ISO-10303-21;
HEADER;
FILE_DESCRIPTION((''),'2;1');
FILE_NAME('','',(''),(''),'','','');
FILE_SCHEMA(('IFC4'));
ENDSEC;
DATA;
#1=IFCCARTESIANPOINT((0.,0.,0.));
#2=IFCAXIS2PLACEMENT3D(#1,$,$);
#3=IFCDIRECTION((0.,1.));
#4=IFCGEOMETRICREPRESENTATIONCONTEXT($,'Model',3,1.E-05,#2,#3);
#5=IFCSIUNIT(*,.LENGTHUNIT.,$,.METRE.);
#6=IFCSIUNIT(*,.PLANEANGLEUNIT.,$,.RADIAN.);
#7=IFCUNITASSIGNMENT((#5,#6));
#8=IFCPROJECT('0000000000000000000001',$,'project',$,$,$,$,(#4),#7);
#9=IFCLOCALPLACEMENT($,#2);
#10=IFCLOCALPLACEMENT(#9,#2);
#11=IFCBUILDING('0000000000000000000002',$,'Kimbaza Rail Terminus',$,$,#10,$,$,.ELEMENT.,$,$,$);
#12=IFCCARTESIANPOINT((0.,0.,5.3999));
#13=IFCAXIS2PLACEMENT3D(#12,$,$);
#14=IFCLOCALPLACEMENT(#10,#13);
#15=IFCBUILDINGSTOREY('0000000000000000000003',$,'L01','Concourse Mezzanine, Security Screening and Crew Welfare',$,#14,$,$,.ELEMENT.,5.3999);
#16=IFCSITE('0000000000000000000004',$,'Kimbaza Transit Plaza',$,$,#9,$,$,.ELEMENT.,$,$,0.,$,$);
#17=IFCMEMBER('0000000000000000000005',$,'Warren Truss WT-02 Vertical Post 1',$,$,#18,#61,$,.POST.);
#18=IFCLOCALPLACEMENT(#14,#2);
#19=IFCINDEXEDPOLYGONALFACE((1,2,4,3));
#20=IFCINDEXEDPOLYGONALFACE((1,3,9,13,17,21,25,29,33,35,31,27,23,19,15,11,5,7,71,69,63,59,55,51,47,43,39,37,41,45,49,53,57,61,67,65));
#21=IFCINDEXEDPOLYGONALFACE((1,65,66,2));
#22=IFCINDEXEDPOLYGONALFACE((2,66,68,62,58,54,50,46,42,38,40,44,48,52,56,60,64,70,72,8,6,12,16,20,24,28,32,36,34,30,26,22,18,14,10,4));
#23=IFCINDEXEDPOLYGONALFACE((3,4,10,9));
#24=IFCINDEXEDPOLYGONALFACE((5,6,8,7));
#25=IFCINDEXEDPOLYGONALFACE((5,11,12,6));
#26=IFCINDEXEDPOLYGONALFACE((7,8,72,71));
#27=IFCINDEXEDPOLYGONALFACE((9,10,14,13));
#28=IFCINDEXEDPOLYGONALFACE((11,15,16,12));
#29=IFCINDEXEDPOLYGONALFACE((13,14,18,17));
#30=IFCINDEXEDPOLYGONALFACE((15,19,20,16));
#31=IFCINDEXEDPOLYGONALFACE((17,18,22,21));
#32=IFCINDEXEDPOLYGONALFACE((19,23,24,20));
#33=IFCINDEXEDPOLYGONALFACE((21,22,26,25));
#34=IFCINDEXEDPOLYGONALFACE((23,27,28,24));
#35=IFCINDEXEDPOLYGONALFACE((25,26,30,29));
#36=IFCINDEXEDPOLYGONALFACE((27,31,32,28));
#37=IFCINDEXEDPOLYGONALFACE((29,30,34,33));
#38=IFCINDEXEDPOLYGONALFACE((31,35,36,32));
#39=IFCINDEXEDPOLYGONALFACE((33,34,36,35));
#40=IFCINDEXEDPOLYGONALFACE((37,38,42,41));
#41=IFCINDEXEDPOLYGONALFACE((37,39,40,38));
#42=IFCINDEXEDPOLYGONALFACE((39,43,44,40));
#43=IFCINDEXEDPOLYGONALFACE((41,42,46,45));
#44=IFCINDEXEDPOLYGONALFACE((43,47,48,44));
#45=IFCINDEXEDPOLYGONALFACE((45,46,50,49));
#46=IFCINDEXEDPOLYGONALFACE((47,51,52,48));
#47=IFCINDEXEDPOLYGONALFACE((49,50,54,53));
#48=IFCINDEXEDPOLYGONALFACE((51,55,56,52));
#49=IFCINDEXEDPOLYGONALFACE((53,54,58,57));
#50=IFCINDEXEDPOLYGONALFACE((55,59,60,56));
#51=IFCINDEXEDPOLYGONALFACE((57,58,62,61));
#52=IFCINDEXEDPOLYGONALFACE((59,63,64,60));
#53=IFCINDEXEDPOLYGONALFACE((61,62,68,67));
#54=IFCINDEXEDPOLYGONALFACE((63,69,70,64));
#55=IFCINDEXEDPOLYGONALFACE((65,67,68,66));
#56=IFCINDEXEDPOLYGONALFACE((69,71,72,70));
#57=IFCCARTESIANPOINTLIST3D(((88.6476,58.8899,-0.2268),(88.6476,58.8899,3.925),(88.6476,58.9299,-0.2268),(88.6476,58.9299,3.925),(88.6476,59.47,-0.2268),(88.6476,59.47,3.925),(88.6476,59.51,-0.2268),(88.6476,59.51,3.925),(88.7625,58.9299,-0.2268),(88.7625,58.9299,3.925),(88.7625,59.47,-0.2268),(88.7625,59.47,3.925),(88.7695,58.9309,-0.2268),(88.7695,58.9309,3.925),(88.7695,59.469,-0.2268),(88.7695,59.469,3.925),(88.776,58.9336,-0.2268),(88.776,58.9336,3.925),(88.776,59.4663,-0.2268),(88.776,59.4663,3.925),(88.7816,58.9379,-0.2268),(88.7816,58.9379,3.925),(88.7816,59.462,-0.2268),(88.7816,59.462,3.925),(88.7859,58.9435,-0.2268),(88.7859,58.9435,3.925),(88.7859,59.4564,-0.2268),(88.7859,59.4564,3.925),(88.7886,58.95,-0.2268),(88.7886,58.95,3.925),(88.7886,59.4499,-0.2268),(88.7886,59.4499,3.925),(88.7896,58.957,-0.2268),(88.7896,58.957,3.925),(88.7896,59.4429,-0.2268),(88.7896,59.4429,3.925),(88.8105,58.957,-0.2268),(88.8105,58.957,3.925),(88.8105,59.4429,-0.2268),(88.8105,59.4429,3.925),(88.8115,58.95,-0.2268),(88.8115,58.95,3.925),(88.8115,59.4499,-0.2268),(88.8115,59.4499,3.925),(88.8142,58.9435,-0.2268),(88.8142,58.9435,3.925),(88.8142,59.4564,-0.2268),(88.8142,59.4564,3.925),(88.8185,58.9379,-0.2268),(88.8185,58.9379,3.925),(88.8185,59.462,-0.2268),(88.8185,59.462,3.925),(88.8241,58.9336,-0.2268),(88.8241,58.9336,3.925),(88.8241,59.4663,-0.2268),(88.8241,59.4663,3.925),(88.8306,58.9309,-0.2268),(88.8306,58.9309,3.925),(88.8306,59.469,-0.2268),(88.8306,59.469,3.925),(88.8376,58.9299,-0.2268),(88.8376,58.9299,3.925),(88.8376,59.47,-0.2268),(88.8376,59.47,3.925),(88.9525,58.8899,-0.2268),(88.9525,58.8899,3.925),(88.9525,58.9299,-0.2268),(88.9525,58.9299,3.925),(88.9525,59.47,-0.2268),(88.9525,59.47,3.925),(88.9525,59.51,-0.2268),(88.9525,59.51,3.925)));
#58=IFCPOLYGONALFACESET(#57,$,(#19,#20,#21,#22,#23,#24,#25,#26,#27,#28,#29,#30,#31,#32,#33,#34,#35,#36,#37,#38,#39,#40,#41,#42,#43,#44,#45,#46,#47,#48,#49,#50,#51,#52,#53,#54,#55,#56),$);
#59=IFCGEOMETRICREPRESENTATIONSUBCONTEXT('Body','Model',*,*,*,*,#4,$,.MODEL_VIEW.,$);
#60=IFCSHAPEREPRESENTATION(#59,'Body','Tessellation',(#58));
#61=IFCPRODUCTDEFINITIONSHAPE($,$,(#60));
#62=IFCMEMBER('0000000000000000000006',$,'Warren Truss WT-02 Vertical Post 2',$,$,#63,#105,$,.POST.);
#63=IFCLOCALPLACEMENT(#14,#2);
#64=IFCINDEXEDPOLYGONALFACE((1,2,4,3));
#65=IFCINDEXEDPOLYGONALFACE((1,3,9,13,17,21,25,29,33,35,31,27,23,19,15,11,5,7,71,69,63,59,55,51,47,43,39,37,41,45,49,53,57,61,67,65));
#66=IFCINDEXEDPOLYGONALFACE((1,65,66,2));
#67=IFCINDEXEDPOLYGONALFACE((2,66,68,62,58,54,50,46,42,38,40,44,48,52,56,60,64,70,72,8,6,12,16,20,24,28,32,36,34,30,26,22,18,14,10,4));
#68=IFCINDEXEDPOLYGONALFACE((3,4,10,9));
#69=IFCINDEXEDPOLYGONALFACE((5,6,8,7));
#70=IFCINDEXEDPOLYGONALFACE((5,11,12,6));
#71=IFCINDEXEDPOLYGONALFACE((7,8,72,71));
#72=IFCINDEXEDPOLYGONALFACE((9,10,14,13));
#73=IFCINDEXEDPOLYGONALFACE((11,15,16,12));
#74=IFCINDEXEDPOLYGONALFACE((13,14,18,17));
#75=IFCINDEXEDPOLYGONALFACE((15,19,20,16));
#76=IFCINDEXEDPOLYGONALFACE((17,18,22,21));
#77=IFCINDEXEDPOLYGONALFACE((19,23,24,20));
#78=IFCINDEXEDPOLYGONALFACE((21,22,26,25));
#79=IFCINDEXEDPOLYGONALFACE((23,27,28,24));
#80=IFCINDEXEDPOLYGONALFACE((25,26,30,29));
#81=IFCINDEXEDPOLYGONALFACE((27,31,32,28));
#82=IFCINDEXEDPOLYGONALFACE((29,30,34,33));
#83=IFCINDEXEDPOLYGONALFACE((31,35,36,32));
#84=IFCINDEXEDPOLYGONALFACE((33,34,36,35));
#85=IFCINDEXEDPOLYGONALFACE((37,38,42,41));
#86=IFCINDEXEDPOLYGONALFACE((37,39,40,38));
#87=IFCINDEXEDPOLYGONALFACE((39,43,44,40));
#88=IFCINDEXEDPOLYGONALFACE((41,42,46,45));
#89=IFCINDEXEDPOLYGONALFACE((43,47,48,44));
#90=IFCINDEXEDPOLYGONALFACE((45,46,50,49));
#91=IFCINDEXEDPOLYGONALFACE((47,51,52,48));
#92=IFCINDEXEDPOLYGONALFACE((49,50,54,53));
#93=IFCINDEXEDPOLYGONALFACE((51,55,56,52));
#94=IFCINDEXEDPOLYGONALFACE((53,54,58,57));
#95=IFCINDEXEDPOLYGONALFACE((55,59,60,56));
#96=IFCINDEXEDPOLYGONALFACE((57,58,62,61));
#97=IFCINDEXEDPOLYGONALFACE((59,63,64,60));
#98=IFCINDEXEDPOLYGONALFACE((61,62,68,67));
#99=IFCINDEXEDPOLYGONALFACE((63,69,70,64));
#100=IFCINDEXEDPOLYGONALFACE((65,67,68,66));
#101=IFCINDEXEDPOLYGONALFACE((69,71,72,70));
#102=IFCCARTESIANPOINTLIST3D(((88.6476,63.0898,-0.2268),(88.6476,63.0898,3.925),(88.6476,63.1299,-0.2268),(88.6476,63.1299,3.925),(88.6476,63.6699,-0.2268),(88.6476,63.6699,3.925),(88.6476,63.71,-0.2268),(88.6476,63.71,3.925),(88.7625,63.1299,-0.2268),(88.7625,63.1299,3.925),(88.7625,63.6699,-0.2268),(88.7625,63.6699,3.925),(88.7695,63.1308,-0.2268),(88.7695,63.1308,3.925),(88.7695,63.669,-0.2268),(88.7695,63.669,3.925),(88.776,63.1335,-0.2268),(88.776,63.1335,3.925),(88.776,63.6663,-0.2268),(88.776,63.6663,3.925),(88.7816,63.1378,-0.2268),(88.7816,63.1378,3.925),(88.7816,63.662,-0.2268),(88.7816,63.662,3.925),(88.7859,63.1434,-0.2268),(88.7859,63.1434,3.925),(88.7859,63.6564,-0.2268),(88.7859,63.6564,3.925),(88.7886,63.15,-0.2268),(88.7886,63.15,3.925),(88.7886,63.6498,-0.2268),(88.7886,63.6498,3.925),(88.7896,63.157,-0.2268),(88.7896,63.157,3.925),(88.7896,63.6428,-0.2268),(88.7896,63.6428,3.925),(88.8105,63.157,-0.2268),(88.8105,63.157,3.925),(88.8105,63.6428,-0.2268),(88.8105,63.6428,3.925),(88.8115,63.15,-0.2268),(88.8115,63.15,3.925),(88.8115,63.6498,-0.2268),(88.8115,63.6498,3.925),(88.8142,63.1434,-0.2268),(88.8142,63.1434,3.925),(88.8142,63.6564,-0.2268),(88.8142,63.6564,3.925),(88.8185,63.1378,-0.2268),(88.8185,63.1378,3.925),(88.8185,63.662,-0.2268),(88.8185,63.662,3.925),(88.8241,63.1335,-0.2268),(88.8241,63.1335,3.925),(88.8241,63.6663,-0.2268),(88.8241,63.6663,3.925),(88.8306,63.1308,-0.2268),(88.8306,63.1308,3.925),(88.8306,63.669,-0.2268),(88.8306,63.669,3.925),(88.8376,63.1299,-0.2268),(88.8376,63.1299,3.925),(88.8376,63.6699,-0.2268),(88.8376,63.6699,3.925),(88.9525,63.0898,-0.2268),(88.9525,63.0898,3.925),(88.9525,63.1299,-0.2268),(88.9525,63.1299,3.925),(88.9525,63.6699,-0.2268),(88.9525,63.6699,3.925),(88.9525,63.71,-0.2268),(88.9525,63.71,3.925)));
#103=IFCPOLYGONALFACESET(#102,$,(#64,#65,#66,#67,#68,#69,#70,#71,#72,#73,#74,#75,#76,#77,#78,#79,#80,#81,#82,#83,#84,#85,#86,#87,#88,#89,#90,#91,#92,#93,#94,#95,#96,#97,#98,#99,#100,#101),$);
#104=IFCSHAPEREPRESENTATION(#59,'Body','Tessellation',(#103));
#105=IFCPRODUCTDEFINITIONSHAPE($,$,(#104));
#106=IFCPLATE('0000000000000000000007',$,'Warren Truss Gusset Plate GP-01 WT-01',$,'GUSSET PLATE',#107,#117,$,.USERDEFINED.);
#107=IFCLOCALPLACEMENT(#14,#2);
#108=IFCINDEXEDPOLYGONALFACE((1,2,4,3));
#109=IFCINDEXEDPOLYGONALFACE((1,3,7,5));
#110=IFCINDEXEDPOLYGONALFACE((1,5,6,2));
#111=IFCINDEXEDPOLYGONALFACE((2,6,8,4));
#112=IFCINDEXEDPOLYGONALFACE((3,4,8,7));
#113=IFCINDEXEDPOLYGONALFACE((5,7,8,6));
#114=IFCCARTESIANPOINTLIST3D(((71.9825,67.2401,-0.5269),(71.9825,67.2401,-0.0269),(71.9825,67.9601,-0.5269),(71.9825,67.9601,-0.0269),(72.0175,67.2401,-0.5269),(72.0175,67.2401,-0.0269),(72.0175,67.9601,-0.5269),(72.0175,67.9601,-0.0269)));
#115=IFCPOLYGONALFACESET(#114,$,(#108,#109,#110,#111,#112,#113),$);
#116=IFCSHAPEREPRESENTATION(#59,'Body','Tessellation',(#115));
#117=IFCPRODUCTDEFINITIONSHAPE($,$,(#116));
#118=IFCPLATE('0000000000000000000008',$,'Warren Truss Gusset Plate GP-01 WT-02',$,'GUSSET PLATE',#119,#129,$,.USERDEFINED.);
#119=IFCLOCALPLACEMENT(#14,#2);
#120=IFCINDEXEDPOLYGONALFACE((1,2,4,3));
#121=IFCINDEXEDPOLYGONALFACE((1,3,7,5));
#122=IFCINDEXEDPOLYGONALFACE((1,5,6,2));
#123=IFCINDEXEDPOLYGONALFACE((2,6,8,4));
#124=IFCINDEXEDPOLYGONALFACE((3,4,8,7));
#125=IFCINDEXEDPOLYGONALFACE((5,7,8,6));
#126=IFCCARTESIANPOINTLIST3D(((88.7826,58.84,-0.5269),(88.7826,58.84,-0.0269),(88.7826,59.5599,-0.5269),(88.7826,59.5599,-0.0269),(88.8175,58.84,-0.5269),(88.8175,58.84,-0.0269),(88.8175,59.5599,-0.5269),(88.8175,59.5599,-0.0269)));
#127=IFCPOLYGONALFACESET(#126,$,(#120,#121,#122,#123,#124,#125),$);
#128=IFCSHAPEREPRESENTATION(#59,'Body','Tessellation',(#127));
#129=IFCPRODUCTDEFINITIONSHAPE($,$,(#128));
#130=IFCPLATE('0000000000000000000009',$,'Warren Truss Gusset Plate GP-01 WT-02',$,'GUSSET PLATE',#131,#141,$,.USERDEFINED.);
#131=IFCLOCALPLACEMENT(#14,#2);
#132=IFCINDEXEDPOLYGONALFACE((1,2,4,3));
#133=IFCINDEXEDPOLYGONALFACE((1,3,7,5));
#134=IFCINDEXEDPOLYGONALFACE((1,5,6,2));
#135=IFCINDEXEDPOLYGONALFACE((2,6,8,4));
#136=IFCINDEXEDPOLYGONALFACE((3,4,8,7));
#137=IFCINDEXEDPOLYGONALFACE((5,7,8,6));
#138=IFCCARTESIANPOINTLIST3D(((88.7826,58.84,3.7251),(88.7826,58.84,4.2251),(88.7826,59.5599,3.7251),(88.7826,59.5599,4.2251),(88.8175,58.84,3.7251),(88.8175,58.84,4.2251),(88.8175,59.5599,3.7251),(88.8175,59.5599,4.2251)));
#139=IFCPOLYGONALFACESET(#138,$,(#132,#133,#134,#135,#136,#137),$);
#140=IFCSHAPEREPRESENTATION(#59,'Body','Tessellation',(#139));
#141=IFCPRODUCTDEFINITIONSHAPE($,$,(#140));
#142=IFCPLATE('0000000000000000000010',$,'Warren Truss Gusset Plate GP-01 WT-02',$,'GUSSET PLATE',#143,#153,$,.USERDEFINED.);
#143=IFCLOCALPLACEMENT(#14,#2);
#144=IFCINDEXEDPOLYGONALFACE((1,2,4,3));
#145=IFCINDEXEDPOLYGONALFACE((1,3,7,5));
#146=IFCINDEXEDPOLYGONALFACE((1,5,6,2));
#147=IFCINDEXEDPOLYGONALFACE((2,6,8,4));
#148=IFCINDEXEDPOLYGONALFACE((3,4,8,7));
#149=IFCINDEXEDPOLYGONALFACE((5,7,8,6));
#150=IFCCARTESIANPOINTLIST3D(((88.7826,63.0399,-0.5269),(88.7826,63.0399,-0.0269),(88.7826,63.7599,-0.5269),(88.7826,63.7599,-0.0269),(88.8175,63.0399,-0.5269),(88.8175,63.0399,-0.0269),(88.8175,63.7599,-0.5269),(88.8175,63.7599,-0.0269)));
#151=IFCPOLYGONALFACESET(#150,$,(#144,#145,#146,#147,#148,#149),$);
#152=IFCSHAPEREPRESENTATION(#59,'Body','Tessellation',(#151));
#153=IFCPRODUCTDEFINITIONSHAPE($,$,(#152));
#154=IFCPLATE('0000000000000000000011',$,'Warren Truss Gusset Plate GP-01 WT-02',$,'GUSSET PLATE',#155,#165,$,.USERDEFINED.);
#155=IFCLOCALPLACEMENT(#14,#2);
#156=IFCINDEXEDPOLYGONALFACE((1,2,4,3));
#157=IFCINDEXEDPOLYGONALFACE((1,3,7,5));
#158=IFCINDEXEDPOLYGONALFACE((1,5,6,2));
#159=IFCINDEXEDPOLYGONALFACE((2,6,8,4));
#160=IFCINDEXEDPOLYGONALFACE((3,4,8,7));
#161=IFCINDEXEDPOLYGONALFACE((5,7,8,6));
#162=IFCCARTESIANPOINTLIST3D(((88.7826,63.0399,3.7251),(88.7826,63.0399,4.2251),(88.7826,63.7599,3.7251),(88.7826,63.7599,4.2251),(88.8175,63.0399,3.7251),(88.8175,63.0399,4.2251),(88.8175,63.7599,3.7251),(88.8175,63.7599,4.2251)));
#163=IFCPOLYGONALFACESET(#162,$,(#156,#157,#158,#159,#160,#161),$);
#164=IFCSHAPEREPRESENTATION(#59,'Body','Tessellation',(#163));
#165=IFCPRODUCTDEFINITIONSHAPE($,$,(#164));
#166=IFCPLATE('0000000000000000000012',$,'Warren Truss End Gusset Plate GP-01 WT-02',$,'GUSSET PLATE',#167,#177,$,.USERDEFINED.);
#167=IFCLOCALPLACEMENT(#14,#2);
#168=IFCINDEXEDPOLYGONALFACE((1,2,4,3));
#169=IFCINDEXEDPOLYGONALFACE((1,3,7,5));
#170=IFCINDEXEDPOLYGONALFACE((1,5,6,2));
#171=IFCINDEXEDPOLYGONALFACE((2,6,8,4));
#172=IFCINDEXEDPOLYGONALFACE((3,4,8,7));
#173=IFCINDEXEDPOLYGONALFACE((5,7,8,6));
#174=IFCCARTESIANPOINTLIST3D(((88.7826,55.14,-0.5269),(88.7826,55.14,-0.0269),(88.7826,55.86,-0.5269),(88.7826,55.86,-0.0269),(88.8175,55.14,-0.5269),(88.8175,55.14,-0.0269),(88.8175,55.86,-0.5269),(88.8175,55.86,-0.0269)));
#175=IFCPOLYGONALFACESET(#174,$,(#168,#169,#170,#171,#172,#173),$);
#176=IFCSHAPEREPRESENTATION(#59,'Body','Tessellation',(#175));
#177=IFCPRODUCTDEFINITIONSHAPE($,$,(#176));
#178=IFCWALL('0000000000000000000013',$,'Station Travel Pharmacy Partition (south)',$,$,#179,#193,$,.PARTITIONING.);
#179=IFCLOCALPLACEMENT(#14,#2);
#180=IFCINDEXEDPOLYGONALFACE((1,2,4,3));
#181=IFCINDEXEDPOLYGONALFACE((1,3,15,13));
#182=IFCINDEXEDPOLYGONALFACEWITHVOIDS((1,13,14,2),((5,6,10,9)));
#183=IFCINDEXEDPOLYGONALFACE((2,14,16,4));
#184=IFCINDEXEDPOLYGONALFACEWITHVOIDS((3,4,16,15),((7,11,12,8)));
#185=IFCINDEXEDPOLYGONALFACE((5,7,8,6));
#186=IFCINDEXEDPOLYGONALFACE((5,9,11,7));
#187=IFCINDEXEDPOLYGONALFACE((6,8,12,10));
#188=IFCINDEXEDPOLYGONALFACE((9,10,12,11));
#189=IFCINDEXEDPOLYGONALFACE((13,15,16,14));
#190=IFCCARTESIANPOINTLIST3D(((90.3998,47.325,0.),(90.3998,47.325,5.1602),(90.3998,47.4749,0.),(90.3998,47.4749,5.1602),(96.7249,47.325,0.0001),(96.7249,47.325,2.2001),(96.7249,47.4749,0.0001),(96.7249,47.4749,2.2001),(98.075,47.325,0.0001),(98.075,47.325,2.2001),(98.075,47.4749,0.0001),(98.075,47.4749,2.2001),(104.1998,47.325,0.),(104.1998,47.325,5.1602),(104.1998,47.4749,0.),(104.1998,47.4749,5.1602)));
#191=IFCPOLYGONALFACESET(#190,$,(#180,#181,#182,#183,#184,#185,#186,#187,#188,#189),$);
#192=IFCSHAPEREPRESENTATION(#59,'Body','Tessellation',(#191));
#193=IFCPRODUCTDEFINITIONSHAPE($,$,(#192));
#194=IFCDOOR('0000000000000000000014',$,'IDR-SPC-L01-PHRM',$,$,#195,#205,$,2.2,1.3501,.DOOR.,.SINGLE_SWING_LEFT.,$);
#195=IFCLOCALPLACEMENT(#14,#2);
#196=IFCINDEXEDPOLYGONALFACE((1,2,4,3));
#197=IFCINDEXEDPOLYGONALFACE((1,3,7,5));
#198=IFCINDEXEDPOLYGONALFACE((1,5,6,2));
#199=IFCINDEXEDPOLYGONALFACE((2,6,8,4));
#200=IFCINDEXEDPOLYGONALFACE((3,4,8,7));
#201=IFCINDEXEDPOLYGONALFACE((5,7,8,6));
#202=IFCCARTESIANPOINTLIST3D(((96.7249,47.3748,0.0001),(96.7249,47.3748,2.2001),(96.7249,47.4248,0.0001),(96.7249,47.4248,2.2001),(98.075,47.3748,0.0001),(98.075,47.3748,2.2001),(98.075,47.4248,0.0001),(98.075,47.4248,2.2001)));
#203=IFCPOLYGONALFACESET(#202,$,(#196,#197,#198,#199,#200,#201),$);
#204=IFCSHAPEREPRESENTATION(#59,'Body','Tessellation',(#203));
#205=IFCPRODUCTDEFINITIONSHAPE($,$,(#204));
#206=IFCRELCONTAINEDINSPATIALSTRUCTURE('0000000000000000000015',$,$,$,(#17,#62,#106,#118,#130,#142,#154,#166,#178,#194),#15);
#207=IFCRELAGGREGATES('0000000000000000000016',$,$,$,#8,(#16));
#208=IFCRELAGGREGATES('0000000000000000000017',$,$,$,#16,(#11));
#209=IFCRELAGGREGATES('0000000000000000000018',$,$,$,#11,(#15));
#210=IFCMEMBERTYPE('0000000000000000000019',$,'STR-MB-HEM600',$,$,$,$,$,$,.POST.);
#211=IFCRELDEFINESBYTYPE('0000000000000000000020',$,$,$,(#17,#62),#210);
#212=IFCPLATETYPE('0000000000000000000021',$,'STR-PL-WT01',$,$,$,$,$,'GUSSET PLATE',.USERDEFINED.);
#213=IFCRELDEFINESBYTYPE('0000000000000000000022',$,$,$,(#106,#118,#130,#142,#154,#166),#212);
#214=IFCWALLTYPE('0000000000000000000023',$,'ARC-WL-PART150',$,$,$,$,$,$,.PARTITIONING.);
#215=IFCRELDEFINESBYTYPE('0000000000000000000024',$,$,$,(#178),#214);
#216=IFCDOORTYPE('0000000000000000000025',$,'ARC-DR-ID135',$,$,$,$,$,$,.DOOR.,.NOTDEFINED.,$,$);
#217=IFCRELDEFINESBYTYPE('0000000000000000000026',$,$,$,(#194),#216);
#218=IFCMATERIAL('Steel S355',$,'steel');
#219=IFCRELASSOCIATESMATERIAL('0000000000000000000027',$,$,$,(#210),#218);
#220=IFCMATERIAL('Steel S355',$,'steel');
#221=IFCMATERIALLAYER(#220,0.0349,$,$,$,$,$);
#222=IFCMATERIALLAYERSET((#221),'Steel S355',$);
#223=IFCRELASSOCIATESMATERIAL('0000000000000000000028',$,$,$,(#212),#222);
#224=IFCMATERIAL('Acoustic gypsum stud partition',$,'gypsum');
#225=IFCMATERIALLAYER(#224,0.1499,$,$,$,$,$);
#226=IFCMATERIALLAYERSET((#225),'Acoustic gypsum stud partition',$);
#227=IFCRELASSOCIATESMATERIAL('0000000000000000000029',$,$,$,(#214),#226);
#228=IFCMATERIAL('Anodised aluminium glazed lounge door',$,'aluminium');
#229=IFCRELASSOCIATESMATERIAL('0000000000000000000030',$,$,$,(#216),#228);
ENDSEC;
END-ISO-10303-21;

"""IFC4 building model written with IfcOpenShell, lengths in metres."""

from ifc_helpers import new_model, si_unit, direction, frame, frame_2d, origin, origin_2d, place, context, subcontext, project, spatial, rectangle, i_section, extrude, material, layer, layer_set, material_profile, profile_set, type_object, element, fill, save


model = new_model("IFC4")

# Units and contexts
model_context = context("Model", 3, precision=1e-05, world=origin(), true_north=direction((0.0, 1.0)))
body_context = subcontext(model_context, "Body", "Model", "MODEL_VIEW")
ifc_project = project(units=[si_unit("LENGTHUNIT", "METRE"), si_unit("PLANEANGLEUNIT", "RADIAN")], contexts=[model_context])

# Site, building, storey
site_placement = place(None, origin())
site = spatial("IfcSite", under=ifc_project, at=site_placement, Name="Kimbaza Transit Plaza", CompositionType="ELEMENT", RefElevation=0.0)
building_placement = place(site_placement, origin())
building = spatial("IfcBuilding", under=site, at=building_placement, Name="Kimbaza Rail Terminus", CompositionType="ELEMENT")
storey_placement = place(building_placement, frame((0.0, 0.0, 5.3999)))
storey = spatial("IfcBuildingStorey", under=building, at=storey_placement, Name="L01", Description="Concourse Mezzanine, Security Screening and Crew Welfare", CompositionType="ELEMENT", Elevation=5.3999)

# Members
ifc_material_1 = material(Name="Steel S355", Category="steel")
ifc_material_profile_1 = material_profile(ifc_material_1, i_section(OverallWidth=0.3049, OverallDepth=0.6201, WebThickness=0.021, FlangeThickness=0.04, FilletRadius=0.0271, at=origin_2d()), Name="HEM 600")
ifc_profile_set_1 = profile_set([ifc_material_profile_1], Name="Steel S355")
member_type_1 = type_object("IfcMemberType", Name="STR-MB-HEM600", PredefinedType="POST", material=ifc_profile_set_1)
for number, where, z_axis, x_axis, name in (
    (1, (88.8, 59.2, -0.2268), (0.0, 0.0, 1.0), (1.0, 0.0, 0.0), "Warren Truss WT-02 Vertical Post 1"),
    (2, (88.8, 63.3999, -0.2268), (0.0, 0.0, 1.0), (1.0, 0.0, 0.0), "Warren Truss WT-02 Vertical Post 2"),
):
    element("IfcMember", number, at=place(storey_placement, frame(where, z_axis=z_axis, x_axis=x_axis)), inside=storey, type_object=member_type_1, Name=name, PredefinedType="POST", context=body_context, shape_type="SweptSolid", body=[
        extrude(i_section(OverallWidth=0.3049, OverallDepth=0.6201, WebThickness=0.021, FlangeThickness=0.04, FilletRadius=0.0271, at=origin_2d()), origin(), (0.0, 0.0, 1.0), 4.1519),
    ])

# Plates
ifc_material_2 = material(Name="Steel S355", Category="steel")
ifc_layer_1 = layer(ifc_material_2, 0.0349)
ifc_layer_set_1 = layer_set([ifc_layer_1], Name="Steel S355")
plate_type = type_object("IfcPlateType", Name="STR-PL-WT01", ElementType="GUSSET PLATE", PredefinedType="USERDEFINED", material=ifc_layer_set_1)
for number, where, z_axis, x_axis, name in (
    (3, (72.0, 67.6001, -0.5269), (0.0, 0.0, 1.0), (1.0, 0.0, 0.0), "Warren Truss Gusset Plate GP-01 WT-01"),
    (4, (88.8, 59.2, -0.5269), (0.0, 0.0, 1.0), (1.0, 0.0, 0.0), "Warren Truss Gusset Plate GP-01 WT-02"),
    (5, (88.8, 59.2, 3.7251), (0.0, 0.0, 1.0), (1.0, 0.0, 0.0), "Warren Truss Gusset Plate GP-01 WT-02"),
    (6, (88.8, 63.3999, -0.5269), (0.0, 0.0, 1.0), (1.0, 0.0, 0.0), "Warren Truss Gusset Plate GP-01 WT-02"),
    (7, (88.8, 63.3999, 3.7251), (0.0, 0.0, 1.0), (1.0, 0.0, 0.0), "Warren Truss Gusset Plate GP-01 WT-02"),
    (8, (88.8, 55.5, -0.5269), (0.0, 0.0, 1.0), (1.0, 0.0, 0.0), "Warren Truss End Gusset Plate GP-01 WT-02"),
):
    element("IfcPlate", number, at=place(storey_placement, frame(where, z_axis=z_axis, x_axis=x_axis)), inside=storey, type_object=plate_type, Name=name, ObjectType="GUSSET PLATE", PredefinedType="USERDEFINED", context=body_context, shape_type="SweptSolid", body=[
        extrude(rectangle(XDim=0.0349, YDim=0.72, at=origin_2d()), origin(), (0.0, 0.0, 1.0), 0.5),
    ])

# Wall, opening, door
ifc_material_3 = material(Name="Acoustic gypsum stud partition", Category="gypsum")
ifc_layer_2 = layer(ifc_material_3, 0.1499)
ifc_layer_set_2 = layer_set([ifc_layer_2], Name="Acoustic gypsum stud partition")
wall_type_1 = type_object("IfcWallType", Name="ARC-WL-PART150", PredefinedType="PARTITIONING", material=ifc_layer_set_2)
wall_1_placement = place(storey_placement, frame((90.3999, 47.3999, 0.0), z_axis=(0.0, 0.0, 1.0), x_axis=(1.0, 0.0, 0.0)))
wall_1 = element("IfcWall", 9, at=wall_1_placement, inside=storey, type_object=wall_type_1, Name="Station Travel Pharmacy Partition (south)", PredefinedType="PARTITIONING", context=body_context, shape_type="SweptSolid", body=[
    extrude(rectangle(XDim=13.8, YDim=0.1499, at=frame_2d((6.8999, 0.0))), origin(), (0.0, 0.0, 1.0), 5.1602),
])
opening_placement = place(wall_1_placement, frame((6.325, 0.0, 0.0)))
opening = element("IfcOpeningElement", 10, at=opening_placement, cuts=wall_1, PredefinedType="OPENING", context=body_context, shape_type="SweptSolid", body=[
    extrude(rectangle(XDim=1.3501, YDim=2.2, at=frame_2d((0.675, 1.1001))), frame((0.0, 0.085, 0.0), z_axis=(0.0, -1.0, 0.0), x_axis=(1.0, 0.0, 0.0)), (0.0, 0.0, 1.0), 0.1699),
])
ifc_material_4 = material(Name="Anodised aluminium glazed lounge door", Category="aluminium")
door_type = type_object("IfcDoorType", Name="ARC-DR-ID135", OperationType="NOTDEFINED", PredefinedType="DOOR", material=ifc_material_4)
door_placement = place(opening_placement, origin())
door = element("IfcDoor", 11, at=door_placement, inside=storey, type_object=door_type, Name="IDR-SPC-L01-PHRM", OperationType="SINGLE_SWING_LEFT", OverallHeight=2.2, OverallWidth=1.3501, PredefinedType="DOOR", context=body_context, shape_type="SweptSolid", body=[
    extrude(rectangle(XDim=1.3501, YDim=2.2, at=frame_2d((0.675, 1.1001))), frame((0.0, 0.0249, 0.0), z_axis=(0.0, -1.0, 0.0), x_axis=(1.0, 0.0, 0.0)), (0.0, 0.0, 1.0), 0.05),
])
fill(opening, door)

save(model, "model.ifc")
